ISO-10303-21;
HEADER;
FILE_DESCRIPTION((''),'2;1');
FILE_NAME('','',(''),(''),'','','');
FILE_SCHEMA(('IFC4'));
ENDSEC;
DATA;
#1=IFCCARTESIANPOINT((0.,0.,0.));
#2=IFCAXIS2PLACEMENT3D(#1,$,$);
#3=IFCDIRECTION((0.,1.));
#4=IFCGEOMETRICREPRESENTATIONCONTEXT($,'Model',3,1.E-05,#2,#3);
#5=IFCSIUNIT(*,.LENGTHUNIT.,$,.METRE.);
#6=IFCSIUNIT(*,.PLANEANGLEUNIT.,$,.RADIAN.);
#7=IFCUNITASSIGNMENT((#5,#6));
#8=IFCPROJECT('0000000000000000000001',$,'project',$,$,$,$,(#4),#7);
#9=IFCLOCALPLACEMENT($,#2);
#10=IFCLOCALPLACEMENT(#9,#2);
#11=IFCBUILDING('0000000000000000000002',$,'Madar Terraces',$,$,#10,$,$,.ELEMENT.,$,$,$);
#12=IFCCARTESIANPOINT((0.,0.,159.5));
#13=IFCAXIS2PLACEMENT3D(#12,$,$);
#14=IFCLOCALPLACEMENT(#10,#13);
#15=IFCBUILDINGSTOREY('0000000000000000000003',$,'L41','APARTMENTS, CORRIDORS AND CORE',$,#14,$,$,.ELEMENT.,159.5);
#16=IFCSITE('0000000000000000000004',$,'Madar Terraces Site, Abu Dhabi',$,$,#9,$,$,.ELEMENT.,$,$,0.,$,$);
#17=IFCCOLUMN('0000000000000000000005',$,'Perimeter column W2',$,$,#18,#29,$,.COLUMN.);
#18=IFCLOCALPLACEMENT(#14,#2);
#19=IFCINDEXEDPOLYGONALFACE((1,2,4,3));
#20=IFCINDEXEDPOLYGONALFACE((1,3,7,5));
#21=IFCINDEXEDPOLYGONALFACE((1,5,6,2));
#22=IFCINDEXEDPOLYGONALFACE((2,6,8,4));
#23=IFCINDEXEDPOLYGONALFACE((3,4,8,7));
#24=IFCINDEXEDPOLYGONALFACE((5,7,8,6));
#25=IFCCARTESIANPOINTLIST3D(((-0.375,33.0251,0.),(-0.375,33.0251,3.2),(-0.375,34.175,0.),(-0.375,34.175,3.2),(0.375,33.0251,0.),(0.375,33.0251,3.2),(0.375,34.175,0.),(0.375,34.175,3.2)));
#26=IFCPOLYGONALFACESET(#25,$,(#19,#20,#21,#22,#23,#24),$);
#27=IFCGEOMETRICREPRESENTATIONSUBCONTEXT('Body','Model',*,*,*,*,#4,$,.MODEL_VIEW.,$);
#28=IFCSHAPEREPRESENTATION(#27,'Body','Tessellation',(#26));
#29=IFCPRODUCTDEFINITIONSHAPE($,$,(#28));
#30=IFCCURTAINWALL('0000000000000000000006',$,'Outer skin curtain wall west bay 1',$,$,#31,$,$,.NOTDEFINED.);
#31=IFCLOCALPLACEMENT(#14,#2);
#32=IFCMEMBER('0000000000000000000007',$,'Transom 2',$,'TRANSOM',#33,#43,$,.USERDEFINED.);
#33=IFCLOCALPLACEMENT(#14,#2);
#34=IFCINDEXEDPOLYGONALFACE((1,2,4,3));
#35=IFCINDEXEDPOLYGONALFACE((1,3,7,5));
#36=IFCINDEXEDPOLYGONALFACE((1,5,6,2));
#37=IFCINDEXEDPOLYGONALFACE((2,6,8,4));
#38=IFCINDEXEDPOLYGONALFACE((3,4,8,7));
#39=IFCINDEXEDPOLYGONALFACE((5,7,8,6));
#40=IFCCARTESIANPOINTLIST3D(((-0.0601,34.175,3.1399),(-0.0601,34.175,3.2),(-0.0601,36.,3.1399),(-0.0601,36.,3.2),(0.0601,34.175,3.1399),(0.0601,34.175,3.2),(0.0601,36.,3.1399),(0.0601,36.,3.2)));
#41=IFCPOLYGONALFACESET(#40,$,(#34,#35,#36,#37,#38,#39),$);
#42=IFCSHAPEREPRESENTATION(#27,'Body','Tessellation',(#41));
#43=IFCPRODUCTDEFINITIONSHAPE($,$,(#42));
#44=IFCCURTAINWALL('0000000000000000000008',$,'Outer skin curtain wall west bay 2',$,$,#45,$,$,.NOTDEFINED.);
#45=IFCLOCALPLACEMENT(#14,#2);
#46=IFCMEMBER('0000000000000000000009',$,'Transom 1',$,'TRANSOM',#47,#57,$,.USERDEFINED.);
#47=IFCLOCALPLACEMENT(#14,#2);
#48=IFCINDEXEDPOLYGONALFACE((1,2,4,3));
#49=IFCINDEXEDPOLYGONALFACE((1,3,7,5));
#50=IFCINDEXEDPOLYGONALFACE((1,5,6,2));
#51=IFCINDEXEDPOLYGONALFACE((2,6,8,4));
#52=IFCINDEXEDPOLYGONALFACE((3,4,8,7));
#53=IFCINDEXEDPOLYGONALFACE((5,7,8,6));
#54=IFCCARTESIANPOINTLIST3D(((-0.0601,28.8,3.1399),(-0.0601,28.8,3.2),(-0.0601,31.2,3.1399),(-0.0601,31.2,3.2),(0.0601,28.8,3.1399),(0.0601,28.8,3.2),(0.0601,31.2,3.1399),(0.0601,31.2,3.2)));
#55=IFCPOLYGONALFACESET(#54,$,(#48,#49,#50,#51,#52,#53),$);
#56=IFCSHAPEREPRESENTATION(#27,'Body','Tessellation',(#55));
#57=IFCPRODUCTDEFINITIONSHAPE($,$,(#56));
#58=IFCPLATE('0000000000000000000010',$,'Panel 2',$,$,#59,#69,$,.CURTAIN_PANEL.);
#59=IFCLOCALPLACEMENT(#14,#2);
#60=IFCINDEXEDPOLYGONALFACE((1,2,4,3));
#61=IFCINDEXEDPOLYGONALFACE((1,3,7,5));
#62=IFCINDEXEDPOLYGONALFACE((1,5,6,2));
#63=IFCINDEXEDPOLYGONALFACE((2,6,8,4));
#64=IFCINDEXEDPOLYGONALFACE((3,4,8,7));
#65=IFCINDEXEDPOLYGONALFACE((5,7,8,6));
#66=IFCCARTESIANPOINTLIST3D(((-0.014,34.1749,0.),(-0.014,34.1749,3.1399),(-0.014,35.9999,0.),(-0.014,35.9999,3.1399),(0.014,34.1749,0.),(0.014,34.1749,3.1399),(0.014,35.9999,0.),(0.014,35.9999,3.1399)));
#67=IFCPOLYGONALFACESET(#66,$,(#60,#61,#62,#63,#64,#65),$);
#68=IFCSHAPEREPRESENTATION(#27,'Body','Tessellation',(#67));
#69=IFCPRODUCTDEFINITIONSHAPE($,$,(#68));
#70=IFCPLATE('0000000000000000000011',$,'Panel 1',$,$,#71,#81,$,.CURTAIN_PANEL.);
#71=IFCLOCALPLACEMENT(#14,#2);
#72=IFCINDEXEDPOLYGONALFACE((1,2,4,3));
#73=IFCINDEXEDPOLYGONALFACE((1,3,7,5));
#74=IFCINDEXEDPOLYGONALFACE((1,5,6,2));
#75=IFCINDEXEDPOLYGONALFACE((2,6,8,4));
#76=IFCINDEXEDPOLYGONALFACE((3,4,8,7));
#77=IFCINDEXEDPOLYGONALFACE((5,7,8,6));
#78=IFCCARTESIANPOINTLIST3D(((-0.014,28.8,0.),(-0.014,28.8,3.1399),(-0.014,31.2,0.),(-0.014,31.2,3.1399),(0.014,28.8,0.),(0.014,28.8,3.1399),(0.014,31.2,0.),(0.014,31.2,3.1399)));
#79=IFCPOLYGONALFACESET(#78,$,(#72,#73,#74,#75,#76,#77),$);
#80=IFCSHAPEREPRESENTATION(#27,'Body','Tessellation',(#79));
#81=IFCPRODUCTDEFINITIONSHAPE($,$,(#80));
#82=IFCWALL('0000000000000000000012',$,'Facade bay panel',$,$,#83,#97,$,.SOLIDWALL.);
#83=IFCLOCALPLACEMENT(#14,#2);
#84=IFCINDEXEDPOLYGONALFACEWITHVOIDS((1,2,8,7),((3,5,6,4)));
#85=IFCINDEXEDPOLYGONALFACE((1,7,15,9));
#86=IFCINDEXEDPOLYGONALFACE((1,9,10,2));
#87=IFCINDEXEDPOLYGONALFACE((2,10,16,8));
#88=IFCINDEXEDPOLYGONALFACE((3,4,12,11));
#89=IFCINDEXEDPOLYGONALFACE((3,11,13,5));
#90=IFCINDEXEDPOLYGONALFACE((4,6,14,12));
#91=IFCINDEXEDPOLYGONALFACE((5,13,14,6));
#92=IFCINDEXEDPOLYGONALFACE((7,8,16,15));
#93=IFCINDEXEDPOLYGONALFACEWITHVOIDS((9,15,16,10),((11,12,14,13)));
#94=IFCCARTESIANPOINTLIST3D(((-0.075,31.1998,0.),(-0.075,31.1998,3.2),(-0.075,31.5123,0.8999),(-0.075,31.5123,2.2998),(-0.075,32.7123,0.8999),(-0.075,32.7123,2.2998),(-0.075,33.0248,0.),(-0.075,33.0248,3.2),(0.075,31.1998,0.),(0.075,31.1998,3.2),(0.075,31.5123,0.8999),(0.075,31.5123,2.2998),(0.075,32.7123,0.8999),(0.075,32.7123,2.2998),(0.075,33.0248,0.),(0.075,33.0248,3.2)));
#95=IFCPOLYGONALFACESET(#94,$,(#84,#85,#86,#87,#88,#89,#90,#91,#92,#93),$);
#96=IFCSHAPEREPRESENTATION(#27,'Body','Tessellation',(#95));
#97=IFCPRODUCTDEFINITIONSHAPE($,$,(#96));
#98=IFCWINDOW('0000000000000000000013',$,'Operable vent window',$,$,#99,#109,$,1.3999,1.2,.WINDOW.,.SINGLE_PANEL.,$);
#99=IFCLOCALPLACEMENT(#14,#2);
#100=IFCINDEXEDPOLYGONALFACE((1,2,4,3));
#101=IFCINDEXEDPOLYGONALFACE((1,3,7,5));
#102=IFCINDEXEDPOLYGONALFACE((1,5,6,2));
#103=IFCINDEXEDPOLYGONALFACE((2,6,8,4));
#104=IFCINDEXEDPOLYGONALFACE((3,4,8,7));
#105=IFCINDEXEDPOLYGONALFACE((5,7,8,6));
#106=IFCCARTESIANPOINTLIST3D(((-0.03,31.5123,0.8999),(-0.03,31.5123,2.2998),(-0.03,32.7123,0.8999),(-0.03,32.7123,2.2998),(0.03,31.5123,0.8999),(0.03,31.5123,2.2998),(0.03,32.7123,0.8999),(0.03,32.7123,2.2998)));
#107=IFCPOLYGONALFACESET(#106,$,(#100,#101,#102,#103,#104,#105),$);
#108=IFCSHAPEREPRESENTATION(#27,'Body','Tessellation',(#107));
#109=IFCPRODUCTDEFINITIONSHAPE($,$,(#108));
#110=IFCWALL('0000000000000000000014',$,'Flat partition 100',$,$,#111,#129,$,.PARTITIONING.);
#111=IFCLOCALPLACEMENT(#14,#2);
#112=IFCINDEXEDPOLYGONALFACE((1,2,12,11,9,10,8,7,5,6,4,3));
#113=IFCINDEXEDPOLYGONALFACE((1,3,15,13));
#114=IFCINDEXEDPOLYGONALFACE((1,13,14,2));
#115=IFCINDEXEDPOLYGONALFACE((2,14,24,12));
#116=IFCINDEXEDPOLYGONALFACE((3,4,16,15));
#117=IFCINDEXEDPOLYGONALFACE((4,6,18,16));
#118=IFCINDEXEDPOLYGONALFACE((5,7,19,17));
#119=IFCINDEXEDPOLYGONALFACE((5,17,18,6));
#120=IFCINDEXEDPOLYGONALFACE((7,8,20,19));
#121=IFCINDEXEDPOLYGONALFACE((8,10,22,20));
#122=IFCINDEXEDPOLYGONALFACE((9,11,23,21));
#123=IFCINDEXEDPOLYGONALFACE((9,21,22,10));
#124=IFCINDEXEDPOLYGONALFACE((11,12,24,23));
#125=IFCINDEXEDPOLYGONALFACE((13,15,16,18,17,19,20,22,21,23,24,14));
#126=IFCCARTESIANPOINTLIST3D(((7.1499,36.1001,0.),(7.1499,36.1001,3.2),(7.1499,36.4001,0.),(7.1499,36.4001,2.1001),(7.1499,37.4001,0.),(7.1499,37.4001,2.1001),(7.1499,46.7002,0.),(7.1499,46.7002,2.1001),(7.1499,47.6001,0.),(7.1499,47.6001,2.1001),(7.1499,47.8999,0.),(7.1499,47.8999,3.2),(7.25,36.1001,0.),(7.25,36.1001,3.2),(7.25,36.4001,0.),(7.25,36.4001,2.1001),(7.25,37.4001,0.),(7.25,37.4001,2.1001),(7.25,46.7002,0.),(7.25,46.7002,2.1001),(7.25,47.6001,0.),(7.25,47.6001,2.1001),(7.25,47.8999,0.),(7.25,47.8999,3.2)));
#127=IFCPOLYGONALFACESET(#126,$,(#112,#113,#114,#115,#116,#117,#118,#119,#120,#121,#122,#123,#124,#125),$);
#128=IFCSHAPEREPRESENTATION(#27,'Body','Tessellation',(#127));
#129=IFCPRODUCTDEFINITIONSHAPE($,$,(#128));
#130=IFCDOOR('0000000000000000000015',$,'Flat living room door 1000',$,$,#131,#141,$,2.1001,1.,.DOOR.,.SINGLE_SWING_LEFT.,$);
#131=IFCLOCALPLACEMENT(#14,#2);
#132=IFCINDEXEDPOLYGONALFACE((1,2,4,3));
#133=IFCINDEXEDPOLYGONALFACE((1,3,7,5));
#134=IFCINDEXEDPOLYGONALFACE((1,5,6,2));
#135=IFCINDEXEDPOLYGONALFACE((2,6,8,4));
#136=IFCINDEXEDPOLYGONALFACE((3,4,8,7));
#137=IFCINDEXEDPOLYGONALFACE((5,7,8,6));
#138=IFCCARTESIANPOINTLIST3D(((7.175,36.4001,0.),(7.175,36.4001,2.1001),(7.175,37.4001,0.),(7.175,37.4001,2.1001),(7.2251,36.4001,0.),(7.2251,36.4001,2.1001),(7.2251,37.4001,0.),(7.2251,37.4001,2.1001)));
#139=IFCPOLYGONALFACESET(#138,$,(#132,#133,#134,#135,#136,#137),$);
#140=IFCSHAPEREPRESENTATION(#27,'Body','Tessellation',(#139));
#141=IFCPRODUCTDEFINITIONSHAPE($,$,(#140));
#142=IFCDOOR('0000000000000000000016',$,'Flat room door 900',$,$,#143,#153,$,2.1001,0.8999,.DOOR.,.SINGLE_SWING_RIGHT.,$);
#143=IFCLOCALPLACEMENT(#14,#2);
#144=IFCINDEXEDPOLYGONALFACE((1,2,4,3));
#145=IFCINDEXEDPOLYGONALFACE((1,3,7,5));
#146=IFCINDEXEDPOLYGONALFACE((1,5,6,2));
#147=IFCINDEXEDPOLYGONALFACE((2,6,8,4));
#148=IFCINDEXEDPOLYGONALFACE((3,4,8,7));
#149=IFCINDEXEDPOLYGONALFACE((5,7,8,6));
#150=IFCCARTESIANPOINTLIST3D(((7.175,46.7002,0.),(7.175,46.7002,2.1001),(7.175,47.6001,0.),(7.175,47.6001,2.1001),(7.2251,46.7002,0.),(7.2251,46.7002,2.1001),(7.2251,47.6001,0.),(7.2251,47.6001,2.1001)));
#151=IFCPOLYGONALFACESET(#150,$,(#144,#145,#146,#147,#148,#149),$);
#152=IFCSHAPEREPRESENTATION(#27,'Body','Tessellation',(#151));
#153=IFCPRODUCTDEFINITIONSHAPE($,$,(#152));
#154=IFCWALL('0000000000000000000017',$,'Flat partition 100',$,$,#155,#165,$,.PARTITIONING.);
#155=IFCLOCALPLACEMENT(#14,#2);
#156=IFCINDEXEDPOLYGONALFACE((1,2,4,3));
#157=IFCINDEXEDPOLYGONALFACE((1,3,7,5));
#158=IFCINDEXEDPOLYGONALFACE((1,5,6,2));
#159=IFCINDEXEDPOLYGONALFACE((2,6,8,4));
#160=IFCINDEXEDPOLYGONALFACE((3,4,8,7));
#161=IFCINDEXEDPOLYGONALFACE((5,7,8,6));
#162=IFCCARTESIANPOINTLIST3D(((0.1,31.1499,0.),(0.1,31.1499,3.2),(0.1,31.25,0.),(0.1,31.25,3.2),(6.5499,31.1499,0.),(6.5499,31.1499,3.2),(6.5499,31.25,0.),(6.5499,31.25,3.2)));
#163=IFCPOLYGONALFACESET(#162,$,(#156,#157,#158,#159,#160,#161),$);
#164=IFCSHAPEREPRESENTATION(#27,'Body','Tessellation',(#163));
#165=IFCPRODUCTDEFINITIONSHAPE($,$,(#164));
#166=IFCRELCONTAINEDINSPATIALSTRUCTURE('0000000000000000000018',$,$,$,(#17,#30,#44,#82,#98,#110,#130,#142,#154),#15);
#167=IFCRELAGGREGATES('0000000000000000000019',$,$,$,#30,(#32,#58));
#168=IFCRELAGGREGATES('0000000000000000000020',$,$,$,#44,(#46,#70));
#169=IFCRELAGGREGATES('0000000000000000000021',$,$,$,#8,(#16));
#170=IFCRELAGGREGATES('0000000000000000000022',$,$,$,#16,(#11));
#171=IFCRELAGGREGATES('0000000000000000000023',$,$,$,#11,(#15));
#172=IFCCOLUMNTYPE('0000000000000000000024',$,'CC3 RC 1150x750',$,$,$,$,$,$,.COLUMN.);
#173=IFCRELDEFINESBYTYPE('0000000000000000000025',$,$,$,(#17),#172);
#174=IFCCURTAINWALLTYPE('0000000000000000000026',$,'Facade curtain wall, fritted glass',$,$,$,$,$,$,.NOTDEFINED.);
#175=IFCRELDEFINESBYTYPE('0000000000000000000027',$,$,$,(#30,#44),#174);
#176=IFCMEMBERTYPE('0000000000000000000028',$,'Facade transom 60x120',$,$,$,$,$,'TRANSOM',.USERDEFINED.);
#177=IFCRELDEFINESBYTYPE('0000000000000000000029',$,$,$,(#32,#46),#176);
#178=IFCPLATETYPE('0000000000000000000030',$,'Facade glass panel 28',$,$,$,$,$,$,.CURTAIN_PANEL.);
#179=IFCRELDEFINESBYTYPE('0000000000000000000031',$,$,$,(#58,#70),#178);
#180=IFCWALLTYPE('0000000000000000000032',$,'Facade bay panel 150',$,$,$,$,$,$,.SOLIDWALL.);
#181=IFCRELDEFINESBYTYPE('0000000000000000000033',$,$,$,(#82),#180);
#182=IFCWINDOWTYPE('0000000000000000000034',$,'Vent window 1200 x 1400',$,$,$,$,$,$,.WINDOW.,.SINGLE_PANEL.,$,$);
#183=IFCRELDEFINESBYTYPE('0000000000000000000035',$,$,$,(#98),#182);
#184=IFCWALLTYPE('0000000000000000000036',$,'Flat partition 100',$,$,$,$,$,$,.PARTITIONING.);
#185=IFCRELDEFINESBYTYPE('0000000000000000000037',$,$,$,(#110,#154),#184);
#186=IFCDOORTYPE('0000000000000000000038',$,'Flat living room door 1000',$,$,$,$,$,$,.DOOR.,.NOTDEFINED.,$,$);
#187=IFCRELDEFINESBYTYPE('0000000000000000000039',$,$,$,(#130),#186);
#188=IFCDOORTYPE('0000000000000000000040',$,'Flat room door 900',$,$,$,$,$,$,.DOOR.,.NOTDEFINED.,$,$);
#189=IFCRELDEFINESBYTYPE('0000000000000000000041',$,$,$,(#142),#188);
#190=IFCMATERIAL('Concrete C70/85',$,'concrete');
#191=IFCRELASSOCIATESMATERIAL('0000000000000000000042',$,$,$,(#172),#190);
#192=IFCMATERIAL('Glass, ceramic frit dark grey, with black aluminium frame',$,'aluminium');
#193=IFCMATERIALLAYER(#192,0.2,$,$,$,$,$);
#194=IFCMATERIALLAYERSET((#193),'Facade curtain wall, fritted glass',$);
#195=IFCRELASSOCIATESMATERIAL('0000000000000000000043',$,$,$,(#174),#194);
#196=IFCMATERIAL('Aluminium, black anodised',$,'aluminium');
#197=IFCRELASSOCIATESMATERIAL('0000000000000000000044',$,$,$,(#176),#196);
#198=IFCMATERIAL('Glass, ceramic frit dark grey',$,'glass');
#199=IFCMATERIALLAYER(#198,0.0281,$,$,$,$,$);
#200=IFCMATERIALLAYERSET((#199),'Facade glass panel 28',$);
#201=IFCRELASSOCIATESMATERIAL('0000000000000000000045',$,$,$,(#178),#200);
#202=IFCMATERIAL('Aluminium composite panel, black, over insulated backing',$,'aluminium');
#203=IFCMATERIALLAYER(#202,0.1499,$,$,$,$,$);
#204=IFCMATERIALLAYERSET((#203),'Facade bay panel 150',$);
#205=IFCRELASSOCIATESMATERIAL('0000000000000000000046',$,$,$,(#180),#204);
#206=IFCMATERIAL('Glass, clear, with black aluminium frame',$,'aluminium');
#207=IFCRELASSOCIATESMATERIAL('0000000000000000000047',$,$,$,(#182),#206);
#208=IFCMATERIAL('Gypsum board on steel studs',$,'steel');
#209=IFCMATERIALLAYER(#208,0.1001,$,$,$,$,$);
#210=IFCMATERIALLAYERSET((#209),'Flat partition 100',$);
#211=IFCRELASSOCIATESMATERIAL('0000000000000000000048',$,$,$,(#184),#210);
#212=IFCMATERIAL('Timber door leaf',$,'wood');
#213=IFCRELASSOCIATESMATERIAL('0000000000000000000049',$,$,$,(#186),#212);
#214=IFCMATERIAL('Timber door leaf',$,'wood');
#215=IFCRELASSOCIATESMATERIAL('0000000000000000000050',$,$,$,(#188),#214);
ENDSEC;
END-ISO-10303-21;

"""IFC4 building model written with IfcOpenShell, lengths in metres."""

from ifc_helpers import new_model, si_unit, direction, frame, frame_2d, origin, origin_2d, place, context, subcontext, project, spatial, rectangle, extrude, material, layer, layer_set, material_profile, profile_set, type_object, element, fill, aggregate, save


model = new_model("IFC4")

# Units and contexts
model_context = context("Model", 3, precision=1e-05, world=origin(), true_north=direction((0.0, 1.0)))
body_context = subcontext(model_context, "Body", "Model", "MODEL_VIEW")
ifc_project = project(units=[si_unit("LENGTHUNIT", "METRE"), si_unit("PLANEANGLEUNIT", "RADIAN")], contexts=[model_context])

# Site, building, storey
site_placement = place(None, origin())
site = spatial("IfcSite", under=ifc_project, at=site_placement, Name="Madar Terraces Site, Abu Dhabi", CompositionType="ELEMENT", RefElevation=0.0)
building_placement = place(site_placement, origin())
building = spatial("IfcBuilding", under=site, at=building_placement, Name="Madar Terraces", CompositionType="ELEMENT")
storey_placement = place(building_placement, frame((0.0, 0.0, 159.5)))
storey = spatial("IfcBuildingStorey", under=building, at=storey_placement, Name="L41", Description="APARTMENTS, CORRIDORS AND CORE", CompositionType="ELEMENT", Elevation=159.5)

# Column
ifc_material_1 = material(Name="Concrete C70/85", Category="concrete")
ifc_material_profile_1 = material_profile(ifc_material_1, rectangle(XDim=1.1499, YDim=0.75, at=origin_2d()), Name="CC3 RC 1150x750")
ifc_profile_set_1 = profile_set([ifc_material_profile_1], Name="Concrete C70/85")
column_type = type_object("IfcColumnType", Name="CC3 RC 1150x750", PredefinedType="COLUMN", material=ifc_profile_set_1)
column_placement = place(storey_placement, frame((0.0, 33.6001, 0.0), z_axis=(0.0, 0.0, 1.0), x_axis=(0.0, 1.0, 0.0)))
element("IfcColumn", 1, at=column_placement, inside=storey, type_object=column_type, Name="Perimeter column W2", PredefinedType="COLUMN", context=body_context, shape_type="SweptSolid", body=[
    extrude(rectangle(XDim=1.1499, YDim=0.75, at=origin_2d()), origin(), (0.0, 0.0, 1.0), 3.2),
])

# Curtain walls, members
ifc_material_2 = material(Name="Glass, ceramic frit dark grey, with black aluminium frame", Category="aluminium")
ifc_layer_1 = layer(ifc_material_2, 0.2)
ifc_layer_set_1 = layer_set([ifc_layer_1], Name="Facade curtain wall, fritted glass")
curtain_wall_type = type_object("IfcCurtainWallType", Name="Facade curtain wall, fritted glass", PredefinedType="NOTDEFINED", material=ifc_layer_set_1)
curtain_wall_1_placement = place(storey_placement, origin())
curtain_wall_1 = element("IfcCurtainWall", 2, at=curtain_wall_1_placement, inside=storey, type_object=curtain_wall_type, Name="Outer skin curtain wall west bay 1", PredefinedType="NOTDEFINED")
ifc_material_3 = material(Name="Aluminium, black anodised", Category="aluminium")
ifc_material_profile_2 = material_profile(ifc_material_3, rectangle(XDim=0.1201, YDim=0.0601, at=origin_2d()), Name="Facade transom 60x120")
ifc_profile_set_2 = profile_set([ifc_material_profile_2], Name="Aluminium, black anodised")
member_type = type_object("IfcMemberType", Name="Facade transom 60x120", ElementType="TRANSOM", PredefinedType="USERDEFINED", material=ifc_profile_set_2)
member_1_placement = place(storey_placement, frame((0.0, 36.0, 3.1699), z_axis=(0.0, -1.0, 0.0), x_axis=(1.0, 0.0, 0.0)))
member_1 = element("IfcMember", 3, at=member_1_placement, type_object=member_type, Name="Transom 2", ObjectType="TRANSOM", PredefinedType="USERDEFINED", context=body_context, shape_type="SweptSolid", body=[
    extrude(rectangle(XDim=0.1201, YDim=0.0601, at=origin_2d()), origin(), (0.0, 0.0, 1.0), 1.825),
])
curtain_wall_2_placement = place(storey_placement, origin())
curtain_wall_2 = element("IfcCurtainWall", 4, at=curtain_wall_2_placement, inside=storey, type_object=curtain_wall_type, Name="Outer skin curtain wall west bay 2", PredefinedType="NOTDEFINED")
member_2_placement = place(storey_placement, frame((0.0, 31.2, 3.1699), z_axis=(0.0, -1.0, 0.0), x_axis=(1.0, 0.0, 0.0)))
member_2 = element("IfcMember", 5, at=member_2_placement, type_object=member_type, Name="Transom 1", ObjectType="TRANSOM", PredefinedType="USERDEFINED", context=body_context, shape_type="SweptSolid", body=[
    extrude(rectangle(XDim=0.1201, YDim=0.0601, at=origin_2d()), origin(), (0.0, 0.0, 1.0), 2.3999),
])

# Plates
ifc_material_4 = material(Name="Glass, ceramic frit dark grey", Category="glass")
ifc_layer_2 = layer(ifc_material_4, 0.0281)
ifc_layer_set_2 = layer_set([ifc_layer_2], Name="Facade glass panel 28")
plate_type = type_object("IfcPlateType", Name="Facade glass panel 28", PredefinedType="CURTAIN_PANEL", material=ifc_layer_set_2)
plate_1_placement = place(storey_placement, frame((0.0, 35.0874, 0.0), z_axis=(0.0, 0.0, 1.0), x_axis=(0.0, -1.0, 0.0)))
plate_1 = element("IfcPlate", 6, at=plate_1_placement, type_object=plate_type, Name="Panel 2", PredefinedType="CURTAIN_PANEL", context=body_context, shape_type="SweptSolid", body=[
    extrude(rectangle(XDim=1.825, YDim=0.0281, at=origin_2d()), origin(), (0.0, 0.0, 1.0), 3.1399),
])
aggregate(curtain_wall_1, [member_1, plate_1])
plate_2_placement = place(storey_placement, frame((0.0, 30.0, 0.0), z_axis=(0.0, 0.0, 1.0), x_axis=(0.0, -1.0, 0.0)))
plate_2 = element("IfcPlate", 7, at=plate_2_placement, type_object=plate_type, Name="Panel 1", PredefinedType="CURTAIN_PANEL", context=body_context, shape_type="SweptSolid", body=[
    extrude(rectangle(XDim=2.3999, YDim=0.0281, at=origin_2d()), origin(), (0.0, 0.0, 1.0), 3.1399),
])
aggregate(curtain_wall_2, [member_2, plate_2])

# Wall, opening, window
ifc_material_5 = material(Name="Aluminium composite panel, black, over insulated backing", Category="aluminium")
ifc_layer_3 = layer(ifc_material_5, 0.1499)
ifc_layer_set_3 = layer_set([ifc_layer_3], Name="Facade bay panel 150")
wall_type_1 = type_object("IfcWallType", Name="Facade bay panel 150", PredefinedType="SOLIDWALL", material=ifc_layer_set_3)
wall_1_placement = place(storey_placement, frame((0.0, 33.0249, 0.0), z_axis=(0.0, 0.0, 1.0), x_axis=(0.0, -1.0, 0.0)))
wall_1 = element("IfcWall", 8, at=wall_1_placement, inside=storey, type_object=wall_type_1, Name="Facade bay panel", PredefinedType="SOLIDWALL", context=body_context, shape_type="SweptSolid", body=[
    extrude(rectangle(XDim=1.825, YDim=0.1499, at=frame_2d((0.9126, 0.0))), origin(), (0.0, 0.0, 1.0), 3.2),
])
opening_1_placement = place(wall_1_placement, frame((0.3125, 0.0, 0.8999)))
opening_1 = element("IfcOpeningElement", 9, at=opening_1_placement, cuts=wall_1, PredefinedType="OPENING", context=body_context, shape_type="SweptSolid", body=[
    extrude(rectangle(XDim=1.2, YDim=1.3999, at=frame_2d((0.6001, 0.7))), frame((0.0, 0.085, 0.0), z_axis=(0.0, -1.0, 0.0), x_axis=(1.0, 0.0, 0.0)), (0.0, 0.0, 1.0), 0.1699),
])
ifc_material_6 = material(Name="Glass, clear, with black aluminium frame", Category="aluminium")
window_type = type_object("IfcWindowType", Name="Vent window 1200 x 1400", PartitioningType="SINGLE_PANEL", PredefinedType="WINDOW", material=ifc_material_6)
window_placement = place(opening_1_placement, origin())
window = element("IfcWindow", 10, at=window_placement, inside=storey, type_object=window_type, Name="Operable vent window", OverallHeight=1.3999, OverallWidth=1.2, PartitioningType="SINGLE_PANEL", PredefinedType="WINDOW", context=body_context, shape_type="SweptSolid", body=[
    extrude(rectangle(XDim=1.2, YDim=1.3999, at=frame_2d((0.6001, 0.7))), frame((0.0, 0.03, 0.0), z_axis=(0.0, -1.0, 0.0), x_axis=(1.0, 0.0, 0.0)), (0.0, 0.0, 1.0), 0.0601),
])
fill(opening_1, window)

# Wall, openings, doors
ifc_material_7 = material(Name="Gypsum board on steel studs", Category="steel")
ifc_layer_4 = layer(ifc_material_7, 0.1001)
ifc_layer_set_4 = layer_set([ifc_layer_4], Name="Flat partition 100")
wall_type_2 = type_object("IfcWallType", Name="Flat partition 100", PredefinedType="PARTITIONING", material=ifc_layer_set_4)
wall_2_placement = place(storey_placement, frame((7.2, 36.1001, 0.0), z_axis=(0.0, 0.0, 1.0), x_axis=(0.0, 1.0, 0.0)))
wall_2 = element("IfcWall", 11, at=wall_2_placement, inside=storey, type_object=wall_type_2, Name="Flat partition 100", PredefinedType="PARTITIONING", context=body_context, shape_type="SweptSolid", body=[
    extrude(rectangle(XDim=11.7998, YDim=0.1001, at=frame_2d((5.8999, 0.0))), origin(), (0.0, 0.0, 1.0), 3.2),
])
opening_2_placement = place(wall_2_placement, frame((0.3, 0.0, 0.0)))
opening_2 = element("IfcOpeningElement", 12, at=opening_2_placement, cuts=wall_2, PredefinedType="OPENING", context=body_context, shape_type="SweptSolid", body=[
    extrude(rectangle(XDim=1.0, YDim=2.1001, at=frame_2d((0.5, 1.05))), frame((0.0, 0.0601, 0.0), z_axis=(0.0, -1.0, 0.0), x_axis=(1.0, 0.0, 0.0)), (0.0, 0.0, 1.0), 0.1201),
])
opening_3_placement = place(wall_2_placement, frame((10.6001, 0.0, 0.0)))
opening_3 = element("IfcOpeningElement", 13, at=opening_3_placement, cuts=wall_2, PredefinedType="OPENING", context=body_context, shape_type="SweptSolid", body=[
    extrude(rectangle(XDim=0.8999, YDim=2.1001, at=frame_2d((0.45, 1.05))), frame((0.0, 0.0601, 0.0), z_axis=(0.0, -1.0, 0.0), x_axis=(1.0, 0.0, 0.0)), (0.0, 0.0, 1.0), 0.1201),
])
ifc_material_8 = material(Name="Timber door leaf", Category="wood")
door_type_1 = type_object("IfcDoorType", Name="Flat living room door 1000", OperationType="NOTDEFINED", PredefinedType="DOOR", material=ifc_material_8)
door_1_placement = place(opening_2_placement, origin())
door_1 = element("IfcDoor", 14, at=door_1_placement, inside=storey, type_object=door_type_1, Name="Flat living room door 1000", OperationType="SINGLE_SWING_LEFT", OverallHeight=2.1001, OverallWidth=1.0, PredefinedType="DOOR", context=body_context, shape_type="SweptSolid", body=[
    extrude(rectangle(XDim=1.0, YDim=2.1001, at=frame_2d((0.5, 1.05))), frame((0.0, 0.0249, 0.0), z_axis=(0.0, -1.0, 0.0), x_axis=(1.0, 0.0, 0.0)), (0.0, 0.0, 1.0), 0.05),
])
fill(opening_2, door_1)
ifc_material_9 = material(Name="Timber door leaf", Category="wood")
door_type_2 = type_object("IfcDoorType", Name="Flat room door 900", OperationType="NOTDEFINED", PredefinedType="DOOR", material=ifc_material_9)
door_2_placement = place(opening_3_placement, origin())
door_2 = element("IfcDoor", 15, at=door_2_placement, inside=storey, type_object=door_type_2, Name="Flat room door 900", OperationType="SINGLE_SWING_RIGHT", OverallHeight=2.1001, OverallWidth=0.8999, PredefinedType="DOOR", context=body_context, shape_type="SweptSolid", body=[
    extrude(rectangle(XDim=0.8999, YDim=2.1001, at=frame_2d((0.45, 1.05))), frame((0.0, 0.0249, 0.0), z_axis=(0.0, -1.0, 0.0), x_axis=(1.0, 0.0, 0.0)), (0.0, 0.0, 1.0), 0.05),
])
fill(opening_3, door_2)

# Wall
wall_3_placement = place(storey_placement, frame((6.55, 31.2, 0.0), z_axis=(0.0, 0.0, 1.0), x_axis=(-1.0, 0.0, 0.0)))
element("IfcWall", 16, at=wall_3_placement, inside=storey, type_object=wall_type_2, Name="Flat partition 100", PredefinedType="PARTITIONING", context=body_context, shape_type="SweptSolid", body=[
    extrude(rectangle(XDim=6.45, YDim=0.1001, at=frame_2d((3.2251, 0.0))), origin(), (0.0, 0.0, 1.0), 3.2),
])

save(model, "model.ifc")
